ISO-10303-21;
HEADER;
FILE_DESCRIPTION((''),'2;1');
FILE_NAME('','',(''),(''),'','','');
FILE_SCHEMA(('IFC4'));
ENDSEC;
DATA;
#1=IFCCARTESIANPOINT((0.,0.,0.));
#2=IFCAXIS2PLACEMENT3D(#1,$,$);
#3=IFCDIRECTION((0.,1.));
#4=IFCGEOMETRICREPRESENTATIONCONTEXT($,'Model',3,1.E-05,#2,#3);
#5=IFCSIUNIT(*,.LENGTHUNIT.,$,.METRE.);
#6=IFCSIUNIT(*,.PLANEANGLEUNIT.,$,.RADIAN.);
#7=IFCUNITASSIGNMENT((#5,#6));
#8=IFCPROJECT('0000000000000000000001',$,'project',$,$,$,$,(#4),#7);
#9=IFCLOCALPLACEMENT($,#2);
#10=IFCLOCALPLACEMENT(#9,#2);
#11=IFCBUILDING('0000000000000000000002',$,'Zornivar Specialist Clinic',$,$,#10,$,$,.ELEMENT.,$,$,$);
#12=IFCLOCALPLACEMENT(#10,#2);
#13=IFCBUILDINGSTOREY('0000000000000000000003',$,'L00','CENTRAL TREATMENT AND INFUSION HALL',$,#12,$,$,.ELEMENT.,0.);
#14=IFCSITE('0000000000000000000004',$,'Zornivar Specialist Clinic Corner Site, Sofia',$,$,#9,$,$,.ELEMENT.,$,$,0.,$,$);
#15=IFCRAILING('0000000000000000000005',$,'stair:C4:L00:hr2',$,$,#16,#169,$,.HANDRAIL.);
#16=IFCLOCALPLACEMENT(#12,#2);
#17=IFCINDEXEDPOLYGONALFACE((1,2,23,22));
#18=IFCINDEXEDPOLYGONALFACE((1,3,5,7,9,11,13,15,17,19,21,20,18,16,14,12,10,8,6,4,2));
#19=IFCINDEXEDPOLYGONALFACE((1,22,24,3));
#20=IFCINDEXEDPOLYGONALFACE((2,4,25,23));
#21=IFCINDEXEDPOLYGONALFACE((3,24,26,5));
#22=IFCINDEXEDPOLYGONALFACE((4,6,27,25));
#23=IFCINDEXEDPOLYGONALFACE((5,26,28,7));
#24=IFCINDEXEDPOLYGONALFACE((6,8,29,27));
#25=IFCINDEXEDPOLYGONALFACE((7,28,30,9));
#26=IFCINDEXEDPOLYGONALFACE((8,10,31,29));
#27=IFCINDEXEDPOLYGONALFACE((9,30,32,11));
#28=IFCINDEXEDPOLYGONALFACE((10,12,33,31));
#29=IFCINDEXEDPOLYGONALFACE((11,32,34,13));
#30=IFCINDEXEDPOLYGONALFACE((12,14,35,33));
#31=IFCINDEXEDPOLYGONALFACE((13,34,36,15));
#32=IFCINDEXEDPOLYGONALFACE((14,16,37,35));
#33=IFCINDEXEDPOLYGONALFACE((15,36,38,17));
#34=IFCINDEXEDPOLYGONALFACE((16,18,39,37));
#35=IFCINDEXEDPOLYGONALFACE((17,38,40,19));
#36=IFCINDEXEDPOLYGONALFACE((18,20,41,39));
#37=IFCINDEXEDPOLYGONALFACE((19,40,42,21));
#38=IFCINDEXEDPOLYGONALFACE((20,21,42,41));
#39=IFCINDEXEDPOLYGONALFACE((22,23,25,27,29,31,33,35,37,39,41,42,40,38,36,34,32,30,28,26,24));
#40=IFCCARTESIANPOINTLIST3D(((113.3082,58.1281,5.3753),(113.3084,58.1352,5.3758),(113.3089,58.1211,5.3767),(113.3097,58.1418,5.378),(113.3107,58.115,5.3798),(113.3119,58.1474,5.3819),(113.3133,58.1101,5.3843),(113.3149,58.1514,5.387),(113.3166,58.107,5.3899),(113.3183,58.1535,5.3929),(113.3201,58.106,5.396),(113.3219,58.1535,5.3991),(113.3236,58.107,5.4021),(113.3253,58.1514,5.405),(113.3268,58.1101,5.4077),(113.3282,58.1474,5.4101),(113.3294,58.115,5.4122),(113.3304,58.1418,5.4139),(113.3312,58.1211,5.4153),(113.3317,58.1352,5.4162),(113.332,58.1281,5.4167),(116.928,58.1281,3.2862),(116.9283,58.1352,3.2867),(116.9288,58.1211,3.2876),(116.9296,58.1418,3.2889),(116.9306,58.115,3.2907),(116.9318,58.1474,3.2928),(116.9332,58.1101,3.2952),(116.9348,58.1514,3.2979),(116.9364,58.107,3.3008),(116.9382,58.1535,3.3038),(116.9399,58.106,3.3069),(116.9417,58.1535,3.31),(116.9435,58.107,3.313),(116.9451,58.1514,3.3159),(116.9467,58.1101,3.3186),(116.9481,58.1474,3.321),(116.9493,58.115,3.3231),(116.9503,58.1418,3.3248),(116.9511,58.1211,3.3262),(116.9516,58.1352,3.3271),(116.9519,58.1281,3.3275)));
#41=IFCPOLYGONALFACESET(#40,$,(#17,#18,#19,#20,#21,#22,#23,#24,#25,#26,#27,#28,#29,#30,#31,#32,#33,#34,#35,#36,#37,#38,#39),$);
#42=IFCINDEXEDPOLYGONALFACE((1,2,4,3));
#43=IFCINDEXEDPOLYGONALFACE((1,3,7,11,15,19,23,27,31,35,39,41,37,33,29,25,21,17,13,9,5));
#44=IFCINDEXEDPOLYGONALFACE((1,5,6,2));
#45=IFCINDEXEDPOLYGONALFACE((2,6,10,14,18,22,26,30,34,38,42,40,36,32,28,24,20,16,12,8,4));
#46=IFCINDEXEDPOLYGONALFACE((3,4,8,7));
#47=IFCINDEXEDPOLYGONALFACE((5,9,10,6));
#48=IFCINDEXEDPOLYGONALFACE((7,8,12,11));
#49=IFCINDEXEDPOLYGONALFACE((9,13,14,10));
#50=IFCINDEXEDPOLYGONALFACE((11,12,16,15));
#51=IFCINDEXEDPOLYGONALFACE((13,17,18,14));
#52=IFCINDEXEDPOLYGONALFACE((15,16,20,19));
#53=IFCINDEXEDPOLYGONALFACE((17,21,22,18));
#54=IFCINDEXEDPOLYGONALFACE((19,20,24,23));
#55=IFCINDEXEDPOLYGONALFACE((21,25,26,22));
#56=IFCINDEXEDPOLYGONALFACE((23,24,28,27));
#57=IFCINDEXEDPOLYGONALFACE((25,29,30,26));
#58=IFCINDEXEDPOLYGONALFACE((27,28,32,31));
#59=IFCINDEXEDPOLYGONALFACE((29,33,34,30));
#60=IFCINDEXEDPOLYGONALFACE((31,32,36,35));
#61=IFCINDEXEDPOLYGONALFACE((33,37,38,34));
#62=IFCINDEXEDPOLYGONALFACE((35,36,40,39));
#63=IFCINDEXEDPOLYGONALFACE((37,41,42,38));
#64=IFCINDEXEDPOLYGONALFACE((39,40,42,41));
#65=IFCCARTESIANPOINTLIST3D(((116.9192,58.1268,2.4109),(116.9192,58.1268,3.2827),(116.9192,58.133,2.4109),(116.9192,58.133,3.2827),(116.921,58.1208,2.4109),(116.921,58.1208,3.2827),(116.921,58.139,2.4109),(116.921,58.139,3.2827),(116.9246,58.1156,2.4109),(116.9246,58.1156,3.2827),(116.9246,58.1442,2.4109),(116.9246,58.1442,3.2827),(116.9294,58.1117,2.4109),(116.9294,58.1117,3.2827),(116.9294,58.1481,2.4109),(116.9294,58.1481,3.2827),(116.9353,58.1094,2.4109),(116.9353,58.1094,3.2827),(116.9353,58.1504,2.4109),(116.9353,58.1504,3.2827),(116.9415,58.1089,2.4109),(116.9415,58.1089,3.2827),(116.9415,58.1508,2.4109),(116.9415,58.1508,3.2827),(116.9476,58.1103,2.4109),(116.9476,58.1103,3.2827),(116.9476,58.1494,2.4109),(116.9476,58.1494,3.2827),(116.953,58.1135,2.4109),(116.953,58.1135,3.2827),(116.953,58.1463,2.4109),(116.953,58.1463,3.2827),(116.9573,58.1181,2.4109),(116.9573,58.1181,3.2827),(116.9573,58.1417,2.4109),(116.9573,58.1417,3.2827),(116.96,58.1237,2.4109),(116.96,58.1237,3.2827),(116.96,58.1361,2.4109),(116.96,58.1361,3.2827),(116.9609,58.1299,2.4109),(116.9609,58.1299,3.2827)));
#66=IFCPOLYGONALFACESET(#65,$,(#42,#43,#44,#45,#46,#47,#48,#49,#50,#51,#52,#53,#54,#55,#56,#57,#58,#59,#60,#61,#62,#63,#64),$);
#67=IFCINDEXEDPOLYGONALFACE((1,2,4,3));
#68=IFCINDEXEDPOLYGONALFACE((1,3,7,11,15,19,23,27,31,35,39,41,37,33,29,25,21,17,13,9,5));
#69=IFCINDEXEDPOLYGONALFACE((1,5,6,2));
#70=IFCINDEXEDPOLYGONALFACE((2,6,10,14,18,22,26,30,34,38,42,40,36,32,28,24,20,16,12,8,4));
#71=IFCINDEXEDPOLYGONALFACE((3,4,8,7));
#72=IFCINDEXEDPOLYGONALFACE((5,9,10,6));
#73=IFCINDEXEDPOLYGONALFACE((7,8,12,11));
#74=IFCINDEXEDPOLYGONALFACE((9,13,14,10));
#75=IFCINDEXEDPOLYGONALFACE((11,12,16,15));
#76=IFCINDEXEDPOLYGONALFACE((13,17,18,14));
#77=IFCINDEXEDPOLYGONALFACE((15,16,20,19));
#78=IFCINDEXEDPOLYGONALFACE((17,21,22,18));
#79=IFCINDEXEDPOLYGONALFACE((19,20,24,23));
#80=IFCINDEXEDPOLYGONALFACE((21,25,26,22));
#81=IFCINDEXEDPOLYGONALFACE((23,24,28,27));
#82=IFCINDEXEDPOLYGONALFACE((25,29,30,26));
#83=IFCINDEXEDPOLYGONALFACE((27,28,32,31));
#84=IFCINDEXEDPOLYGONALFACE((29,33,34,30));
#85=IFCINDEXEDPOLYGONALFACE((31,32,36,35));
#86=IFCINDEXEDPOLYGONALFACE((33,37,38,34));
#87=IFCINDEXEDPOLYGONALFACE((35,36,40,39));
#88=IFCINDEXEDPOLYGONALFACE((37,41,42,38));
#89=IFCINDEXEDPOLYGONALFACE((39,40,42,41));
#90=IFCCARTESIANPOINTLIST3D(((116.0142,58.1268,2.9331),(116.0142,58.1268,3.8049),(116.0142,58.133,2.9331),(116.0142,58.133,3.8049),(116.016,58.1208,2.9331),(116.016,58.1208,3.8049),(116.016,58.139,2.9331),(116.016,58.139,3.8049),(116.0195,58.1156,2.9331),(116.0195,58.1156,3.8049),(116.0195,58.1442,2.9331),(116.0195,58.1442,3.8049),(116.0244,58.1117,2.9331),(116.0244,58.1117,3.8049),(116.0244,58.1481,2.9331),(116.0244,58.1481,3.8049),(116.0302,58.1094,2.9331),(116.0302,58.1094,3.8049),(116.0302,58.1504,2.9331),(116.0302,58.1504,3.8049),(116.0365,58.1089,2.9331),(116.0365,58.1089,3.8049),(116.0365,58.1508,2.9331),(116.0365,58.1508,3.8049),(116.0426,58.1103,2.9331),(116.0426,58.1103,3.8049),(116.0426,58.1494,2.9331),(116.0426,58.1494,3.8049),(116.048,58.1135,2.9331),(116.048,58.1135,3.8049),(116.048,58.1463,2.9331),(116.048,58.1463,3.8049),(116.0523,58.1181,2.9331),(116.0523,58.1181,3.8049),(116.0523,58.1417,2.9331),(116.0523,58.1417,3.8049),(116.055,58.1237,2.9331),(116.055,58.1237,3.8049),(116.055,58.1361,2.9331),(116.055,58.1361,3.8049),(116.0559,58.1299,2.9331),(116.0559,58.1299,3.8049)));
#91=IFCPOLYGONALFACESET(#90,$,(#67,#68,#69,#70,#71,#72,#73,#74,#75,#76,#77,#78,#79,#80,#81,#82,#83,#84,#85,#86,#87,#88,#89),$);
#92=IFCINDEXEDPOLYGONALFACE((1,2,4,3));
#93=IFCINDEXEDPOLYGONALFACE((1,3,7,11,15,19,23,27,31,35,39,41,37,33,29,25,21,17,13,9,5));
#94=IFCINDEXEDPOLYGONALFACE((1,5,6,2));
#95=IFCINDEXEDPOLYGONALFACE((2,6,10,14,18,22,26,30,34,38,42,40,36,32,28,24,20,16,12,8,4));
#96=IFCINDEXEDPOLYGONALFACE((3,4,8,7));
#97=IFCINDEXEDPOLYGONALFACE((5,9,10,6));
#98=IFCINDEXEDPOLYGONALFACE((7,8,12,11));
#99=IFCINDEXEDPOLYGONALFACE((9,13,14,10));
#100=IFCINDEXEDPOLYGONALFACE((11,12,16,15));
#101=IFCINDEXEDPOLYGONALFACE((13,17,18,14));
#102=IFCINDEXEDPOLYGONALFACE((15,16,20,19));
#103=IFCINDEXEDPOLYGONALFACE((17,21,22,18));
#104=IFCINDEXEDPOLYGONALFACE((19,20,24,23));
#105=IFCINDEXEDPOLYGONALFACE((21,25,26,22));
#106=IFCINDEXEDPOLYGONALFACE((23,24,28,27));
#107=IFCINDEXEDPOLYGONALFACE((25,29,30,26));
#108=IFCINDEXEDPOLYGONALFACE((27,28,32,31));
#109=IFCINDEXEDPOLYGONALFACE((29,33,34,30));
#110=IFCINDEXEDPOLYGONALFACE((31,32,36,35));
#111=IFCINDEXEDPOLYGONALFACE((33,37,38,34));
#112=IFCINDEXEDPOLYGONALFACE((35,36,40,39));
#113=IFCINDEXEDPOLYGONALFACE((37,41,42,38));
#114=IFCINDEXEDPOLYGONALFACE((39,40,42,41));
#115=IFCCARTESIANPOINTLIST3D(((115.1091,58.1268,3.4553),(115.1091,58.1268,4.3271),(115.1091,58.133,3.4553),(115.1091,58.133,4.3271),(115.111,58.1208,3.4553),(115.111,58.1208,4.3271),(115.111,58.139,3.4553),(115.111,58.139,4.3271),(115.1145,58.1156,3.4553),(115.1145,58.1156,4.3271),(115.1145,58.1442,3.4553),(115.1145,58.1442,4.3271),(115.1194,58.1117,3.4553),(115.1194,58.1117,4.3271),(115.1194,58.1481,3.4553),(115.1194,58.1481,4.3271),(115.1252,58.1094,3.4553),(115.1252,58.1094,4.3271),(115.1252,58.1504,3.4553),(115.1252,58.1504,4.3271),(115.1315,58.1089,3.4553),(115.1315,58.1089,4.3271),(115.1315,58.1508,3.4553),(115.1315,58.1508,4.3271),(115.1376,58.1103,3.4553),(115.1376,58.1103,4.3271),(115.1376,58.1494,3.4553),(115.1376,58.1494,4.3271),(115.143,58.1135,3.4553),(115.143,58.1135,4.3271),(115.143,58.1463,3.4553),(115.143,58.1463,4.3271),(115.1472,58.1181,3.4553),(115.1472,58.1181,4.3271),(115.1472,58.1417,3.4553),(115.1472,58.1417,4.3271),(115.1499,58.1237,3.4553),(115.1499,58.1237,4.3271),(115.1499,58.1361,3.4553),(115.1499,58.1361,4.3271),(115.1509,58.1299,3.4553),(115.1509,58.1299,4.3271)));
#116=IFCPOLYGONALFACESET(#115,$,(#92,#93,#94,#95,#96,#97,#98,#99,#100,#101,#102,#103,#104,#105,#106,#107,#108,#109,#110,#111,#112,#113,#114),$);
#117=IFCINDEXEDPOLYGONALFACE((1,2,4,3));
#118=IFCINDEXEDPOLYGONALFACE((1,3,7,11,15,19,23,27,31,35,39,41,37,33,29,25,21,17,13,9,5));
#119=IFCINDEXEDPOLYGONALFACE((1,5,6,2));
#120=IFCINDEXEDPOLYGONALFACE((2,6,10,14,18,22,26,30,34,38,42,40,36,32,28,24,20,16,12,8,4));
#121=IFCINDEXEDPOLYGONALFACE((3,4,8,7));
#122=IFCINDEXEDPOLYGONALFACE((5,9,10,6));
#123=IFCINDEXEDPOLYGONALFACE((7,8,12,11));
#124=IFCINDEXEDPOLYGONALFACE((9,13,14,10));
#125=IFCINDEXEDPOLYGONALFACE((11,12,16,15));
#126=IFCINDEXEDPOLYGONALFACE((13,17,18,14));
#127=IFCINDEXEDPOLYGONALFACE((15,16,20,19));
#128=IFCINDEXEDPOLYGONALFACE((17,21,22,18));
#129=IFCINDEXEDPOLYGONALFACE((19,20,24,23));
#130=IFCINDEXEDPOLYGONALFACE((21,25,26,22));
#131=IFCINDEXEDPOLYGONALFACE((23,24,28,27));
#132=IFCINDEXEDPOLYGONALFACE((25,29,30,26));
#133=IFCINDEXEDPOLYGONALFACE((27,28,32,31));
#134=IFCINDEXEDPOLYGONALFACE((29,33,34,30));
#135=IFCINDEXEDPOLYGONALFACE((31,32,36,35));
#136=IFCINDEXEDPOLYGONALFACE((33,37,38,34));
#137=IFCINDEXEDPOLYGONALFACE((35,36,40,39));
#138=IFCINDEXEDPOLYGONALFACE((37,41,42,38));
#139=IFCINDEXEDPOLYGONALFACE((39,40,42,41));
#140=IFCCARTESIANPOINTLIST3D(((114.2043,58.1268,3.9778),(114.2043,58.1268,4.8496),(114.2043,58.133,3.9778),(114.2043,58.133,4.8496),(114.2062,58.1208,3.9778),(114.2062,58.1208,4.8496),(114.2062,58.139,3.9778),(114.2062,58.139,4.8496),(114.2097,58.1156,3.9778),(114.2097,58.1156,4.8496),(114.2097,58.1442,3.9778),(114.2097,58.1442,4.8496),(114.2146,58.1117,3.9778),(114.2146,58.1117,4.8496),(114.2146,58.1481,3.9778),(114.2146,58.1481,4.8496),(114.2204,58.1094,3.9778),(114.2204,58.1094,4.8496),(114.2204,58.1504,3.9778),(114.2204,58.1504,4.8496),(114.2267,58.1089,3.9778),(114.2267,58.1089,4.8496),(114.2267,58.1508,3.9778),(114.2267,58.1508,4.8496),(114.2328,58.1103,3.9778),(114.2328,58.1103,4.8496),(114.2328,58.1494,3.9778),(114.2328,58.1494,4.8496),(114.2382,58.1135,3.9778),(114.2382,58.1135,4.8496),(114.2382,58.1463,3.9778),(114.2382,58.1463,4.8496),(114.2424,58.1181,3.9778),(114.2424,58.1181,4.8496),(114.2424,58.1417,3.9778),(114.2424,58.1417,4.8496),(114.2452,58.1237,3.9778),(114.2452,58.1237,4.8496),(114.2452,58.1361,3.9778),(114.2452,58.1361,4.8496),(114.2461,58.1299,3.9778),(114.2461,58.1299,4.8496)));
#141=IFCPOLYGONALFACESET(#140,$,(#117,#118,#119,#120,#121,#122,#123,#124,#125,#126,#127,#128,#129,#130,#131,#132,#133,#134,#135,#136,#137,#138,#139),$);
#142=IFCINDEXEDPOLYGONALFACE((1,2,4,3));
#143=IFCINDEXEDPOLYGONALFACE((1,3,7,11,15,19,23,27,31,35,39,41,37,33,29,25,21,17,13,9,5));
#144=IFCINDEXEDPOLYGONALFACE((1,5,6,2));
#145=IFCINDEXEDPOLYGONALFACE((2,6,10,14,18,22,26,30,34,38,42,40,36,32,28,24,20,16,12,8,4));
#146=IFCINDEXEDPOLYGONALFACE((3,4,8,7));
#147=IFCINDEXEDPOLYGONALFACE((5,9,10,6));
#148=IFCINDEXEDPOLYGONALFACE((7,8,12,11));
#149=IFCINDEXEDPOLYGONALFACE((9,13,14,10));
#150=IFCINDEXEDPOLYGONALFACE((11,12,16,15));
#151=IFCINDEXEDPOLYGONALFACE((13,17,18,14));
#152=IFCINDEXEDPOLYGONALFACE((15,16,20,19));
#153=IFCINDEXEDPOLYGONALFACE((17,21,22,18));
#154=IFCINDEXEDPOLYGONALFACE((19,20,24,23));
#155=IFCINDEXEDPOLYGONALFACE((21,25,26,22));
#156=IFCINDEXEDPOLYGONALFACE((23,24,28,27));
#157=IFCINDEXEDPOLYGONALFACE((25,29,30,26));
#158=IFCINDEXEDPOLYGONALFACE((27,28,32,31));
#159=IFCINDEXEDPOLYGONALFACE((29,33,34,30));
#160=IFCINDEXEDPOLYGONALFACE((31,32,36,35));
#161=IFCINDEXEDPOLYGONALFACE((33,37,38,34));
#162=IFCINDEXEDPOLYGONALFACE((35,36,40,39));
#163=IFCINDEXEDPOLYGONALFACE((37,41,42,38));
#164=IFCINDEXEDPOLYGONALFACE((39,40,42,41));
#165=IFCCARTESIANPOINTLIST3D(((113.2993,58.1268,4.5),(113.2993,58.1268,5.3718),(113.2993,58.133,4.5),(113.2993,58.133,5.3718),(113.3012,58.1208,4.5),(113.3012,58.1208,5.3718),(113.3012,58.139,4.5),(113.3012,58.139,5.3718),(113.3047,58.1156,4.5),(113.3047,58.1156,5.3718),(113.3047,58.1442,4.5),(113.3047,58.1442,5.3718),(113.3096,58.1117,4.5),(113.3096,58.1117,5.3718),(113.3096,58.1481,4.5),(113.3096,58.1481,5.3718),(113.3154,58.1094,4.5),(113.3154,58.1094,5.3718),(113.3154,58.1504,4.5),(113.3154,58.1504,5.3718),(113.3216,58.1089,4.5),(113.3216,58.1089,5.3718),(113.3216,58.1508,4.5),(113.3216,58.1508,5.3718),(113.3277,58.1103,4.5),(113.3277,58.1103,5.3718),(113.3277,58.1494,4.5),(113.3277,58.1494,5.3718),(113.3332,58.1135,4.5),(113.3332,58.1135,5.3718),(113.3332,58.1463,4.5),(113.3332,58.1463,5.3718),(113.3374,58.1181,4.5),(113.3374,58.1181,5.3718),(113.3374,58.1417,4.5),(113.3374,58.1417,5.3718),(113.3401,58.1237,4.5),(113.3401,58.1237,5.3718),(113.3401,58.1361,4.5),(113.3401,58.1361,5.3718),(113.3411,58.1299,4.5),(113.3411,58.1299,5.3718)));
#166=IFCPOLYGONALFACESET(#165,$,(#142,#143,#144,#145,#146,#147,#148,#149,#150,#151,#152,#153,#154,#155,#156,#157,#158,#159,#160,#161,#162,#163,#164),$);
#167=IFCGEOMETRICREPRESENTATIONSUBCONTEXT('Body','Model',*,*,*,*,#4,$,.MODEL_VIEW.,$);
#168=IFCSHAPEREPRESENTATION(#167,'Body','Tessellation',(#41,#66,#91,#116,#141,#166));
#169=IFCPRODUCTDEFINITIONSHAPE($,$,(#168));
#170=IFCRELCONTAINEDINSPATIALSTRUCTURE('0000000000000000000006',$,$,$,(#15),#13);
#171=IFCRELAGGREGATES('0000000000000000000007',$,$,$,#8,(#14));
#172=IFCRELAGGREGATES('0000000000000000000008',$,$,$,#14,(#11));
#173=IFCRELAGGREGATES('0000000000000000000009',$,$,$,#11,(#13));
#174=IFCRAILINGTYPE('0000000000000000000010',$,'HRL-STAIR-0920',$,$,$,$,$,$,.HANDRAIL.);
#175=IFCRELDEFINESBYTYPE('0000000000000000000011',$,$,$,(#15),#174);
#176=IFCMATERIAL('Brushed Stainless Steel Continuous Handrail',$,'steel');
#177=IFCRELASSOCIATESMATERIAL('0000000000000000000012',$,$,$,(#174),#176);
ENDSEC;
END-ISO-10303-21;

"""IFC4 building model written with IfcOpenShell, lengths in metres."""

from ifc_helpers import new_model, si_unit, direction, frame, origin, origin_2d, place, context, subcontext, project, spatial, circle, extrude, material, type_object, element, save


model = new_model("IFC4")

# Units and contexts
model_context = context("Model", 3, precision=1e-05, world=origin(), true_north=direction((0.0, 1.0)))
body_context = subcontext(model_context, "Body", "Model", "MODEL_VIEW")
ifc_project = project(units=[si_unit("LENGTHUNIT", "METRE"), si_unit("PLANEANGLEUNIT", "RADIAN")], contexts=[model_context])

# Site, building, storey
site_placement = place(None, origin())
site = spatial("IfcSite", under=ifc_project, at=site_placement, Name="Zornivar Specialist Clinic Corner Site, Sofia", CompositionType="ELEMENT", RefElevation=0.0)
building_placement = place(site_placement, origin())
building = spatial("IfcBuilding", under=site, at=building_placement, Name="Zornivar Specialist Clinic", CompositionType="ELEMENT")
storey_placement = place(building_placement, origin())
storey = spatial("IfcBuildingStorey", under=building, at=storey_placement, Name="L00", Description="CENTRAL TREATMENT AND INFUSION HALL", CompositionType="ELEMENT", Elevation=0.0)

# Railing
ifc_material_1 = material(Name="Brushed Stainless Steel Continuous Handrail", Category="steel")
railing_type_1 = type_object("IfcRailingType", Name="HRL-STAIR-0920", PredefinedType="HANDRAIL", material=ifc_material_1)
railing_1_placement = place(storey_placement, frame((116.9399, 58.1299, 2.4109)))
element("IfcRailing", 1, at=railing_1_placement, inside=storey, type_object=railing_type_1, Name="stair:C4:L00:hr2", PredefinedType="HANDRAIL", context=body_context, shape_type="SweptSolid", body=[
    extrude(circle(Radius=0.0239, at=origin_2d()), frame((0.0, 0.0, 0.896), z_axis=(-0.866111, 0.0, 0.499852), x_axis=(0.0, -1.0, 0.0)), (0.0, 0.0, 1.0), 4.1794),
    extrude(circle(Radius=0.021, at=origin_2d()), origin(), (0.0, 0.0, 1.0), 0.8718),
    extrude(circle(Radius=0.021, at=origin_2d()), frame((-0.905, 0.0, 0.5222)), (0.0, 0.0, 1.0), 0.8718),
    extrude(circle(Radius=0.021, at=origin_2d()), frame((-1.8101, 0.0, 1.0444)), (0.0, 0.0, 1.0), 0.8718),
    extrude(circle(Radius=0.021, at=origin_2d()), frame((-2.7148, 0.0, 1.5669)), (0.0, 0.0, 1.0), 0.8718),
    extrude(circle(Radius=0.021, at=origin_2d()), frame((-3.6199, 0.0, 2.0891)), (0.0, 0.0, 1.0), 0.8718),
])

save(model, "model.ifc")
